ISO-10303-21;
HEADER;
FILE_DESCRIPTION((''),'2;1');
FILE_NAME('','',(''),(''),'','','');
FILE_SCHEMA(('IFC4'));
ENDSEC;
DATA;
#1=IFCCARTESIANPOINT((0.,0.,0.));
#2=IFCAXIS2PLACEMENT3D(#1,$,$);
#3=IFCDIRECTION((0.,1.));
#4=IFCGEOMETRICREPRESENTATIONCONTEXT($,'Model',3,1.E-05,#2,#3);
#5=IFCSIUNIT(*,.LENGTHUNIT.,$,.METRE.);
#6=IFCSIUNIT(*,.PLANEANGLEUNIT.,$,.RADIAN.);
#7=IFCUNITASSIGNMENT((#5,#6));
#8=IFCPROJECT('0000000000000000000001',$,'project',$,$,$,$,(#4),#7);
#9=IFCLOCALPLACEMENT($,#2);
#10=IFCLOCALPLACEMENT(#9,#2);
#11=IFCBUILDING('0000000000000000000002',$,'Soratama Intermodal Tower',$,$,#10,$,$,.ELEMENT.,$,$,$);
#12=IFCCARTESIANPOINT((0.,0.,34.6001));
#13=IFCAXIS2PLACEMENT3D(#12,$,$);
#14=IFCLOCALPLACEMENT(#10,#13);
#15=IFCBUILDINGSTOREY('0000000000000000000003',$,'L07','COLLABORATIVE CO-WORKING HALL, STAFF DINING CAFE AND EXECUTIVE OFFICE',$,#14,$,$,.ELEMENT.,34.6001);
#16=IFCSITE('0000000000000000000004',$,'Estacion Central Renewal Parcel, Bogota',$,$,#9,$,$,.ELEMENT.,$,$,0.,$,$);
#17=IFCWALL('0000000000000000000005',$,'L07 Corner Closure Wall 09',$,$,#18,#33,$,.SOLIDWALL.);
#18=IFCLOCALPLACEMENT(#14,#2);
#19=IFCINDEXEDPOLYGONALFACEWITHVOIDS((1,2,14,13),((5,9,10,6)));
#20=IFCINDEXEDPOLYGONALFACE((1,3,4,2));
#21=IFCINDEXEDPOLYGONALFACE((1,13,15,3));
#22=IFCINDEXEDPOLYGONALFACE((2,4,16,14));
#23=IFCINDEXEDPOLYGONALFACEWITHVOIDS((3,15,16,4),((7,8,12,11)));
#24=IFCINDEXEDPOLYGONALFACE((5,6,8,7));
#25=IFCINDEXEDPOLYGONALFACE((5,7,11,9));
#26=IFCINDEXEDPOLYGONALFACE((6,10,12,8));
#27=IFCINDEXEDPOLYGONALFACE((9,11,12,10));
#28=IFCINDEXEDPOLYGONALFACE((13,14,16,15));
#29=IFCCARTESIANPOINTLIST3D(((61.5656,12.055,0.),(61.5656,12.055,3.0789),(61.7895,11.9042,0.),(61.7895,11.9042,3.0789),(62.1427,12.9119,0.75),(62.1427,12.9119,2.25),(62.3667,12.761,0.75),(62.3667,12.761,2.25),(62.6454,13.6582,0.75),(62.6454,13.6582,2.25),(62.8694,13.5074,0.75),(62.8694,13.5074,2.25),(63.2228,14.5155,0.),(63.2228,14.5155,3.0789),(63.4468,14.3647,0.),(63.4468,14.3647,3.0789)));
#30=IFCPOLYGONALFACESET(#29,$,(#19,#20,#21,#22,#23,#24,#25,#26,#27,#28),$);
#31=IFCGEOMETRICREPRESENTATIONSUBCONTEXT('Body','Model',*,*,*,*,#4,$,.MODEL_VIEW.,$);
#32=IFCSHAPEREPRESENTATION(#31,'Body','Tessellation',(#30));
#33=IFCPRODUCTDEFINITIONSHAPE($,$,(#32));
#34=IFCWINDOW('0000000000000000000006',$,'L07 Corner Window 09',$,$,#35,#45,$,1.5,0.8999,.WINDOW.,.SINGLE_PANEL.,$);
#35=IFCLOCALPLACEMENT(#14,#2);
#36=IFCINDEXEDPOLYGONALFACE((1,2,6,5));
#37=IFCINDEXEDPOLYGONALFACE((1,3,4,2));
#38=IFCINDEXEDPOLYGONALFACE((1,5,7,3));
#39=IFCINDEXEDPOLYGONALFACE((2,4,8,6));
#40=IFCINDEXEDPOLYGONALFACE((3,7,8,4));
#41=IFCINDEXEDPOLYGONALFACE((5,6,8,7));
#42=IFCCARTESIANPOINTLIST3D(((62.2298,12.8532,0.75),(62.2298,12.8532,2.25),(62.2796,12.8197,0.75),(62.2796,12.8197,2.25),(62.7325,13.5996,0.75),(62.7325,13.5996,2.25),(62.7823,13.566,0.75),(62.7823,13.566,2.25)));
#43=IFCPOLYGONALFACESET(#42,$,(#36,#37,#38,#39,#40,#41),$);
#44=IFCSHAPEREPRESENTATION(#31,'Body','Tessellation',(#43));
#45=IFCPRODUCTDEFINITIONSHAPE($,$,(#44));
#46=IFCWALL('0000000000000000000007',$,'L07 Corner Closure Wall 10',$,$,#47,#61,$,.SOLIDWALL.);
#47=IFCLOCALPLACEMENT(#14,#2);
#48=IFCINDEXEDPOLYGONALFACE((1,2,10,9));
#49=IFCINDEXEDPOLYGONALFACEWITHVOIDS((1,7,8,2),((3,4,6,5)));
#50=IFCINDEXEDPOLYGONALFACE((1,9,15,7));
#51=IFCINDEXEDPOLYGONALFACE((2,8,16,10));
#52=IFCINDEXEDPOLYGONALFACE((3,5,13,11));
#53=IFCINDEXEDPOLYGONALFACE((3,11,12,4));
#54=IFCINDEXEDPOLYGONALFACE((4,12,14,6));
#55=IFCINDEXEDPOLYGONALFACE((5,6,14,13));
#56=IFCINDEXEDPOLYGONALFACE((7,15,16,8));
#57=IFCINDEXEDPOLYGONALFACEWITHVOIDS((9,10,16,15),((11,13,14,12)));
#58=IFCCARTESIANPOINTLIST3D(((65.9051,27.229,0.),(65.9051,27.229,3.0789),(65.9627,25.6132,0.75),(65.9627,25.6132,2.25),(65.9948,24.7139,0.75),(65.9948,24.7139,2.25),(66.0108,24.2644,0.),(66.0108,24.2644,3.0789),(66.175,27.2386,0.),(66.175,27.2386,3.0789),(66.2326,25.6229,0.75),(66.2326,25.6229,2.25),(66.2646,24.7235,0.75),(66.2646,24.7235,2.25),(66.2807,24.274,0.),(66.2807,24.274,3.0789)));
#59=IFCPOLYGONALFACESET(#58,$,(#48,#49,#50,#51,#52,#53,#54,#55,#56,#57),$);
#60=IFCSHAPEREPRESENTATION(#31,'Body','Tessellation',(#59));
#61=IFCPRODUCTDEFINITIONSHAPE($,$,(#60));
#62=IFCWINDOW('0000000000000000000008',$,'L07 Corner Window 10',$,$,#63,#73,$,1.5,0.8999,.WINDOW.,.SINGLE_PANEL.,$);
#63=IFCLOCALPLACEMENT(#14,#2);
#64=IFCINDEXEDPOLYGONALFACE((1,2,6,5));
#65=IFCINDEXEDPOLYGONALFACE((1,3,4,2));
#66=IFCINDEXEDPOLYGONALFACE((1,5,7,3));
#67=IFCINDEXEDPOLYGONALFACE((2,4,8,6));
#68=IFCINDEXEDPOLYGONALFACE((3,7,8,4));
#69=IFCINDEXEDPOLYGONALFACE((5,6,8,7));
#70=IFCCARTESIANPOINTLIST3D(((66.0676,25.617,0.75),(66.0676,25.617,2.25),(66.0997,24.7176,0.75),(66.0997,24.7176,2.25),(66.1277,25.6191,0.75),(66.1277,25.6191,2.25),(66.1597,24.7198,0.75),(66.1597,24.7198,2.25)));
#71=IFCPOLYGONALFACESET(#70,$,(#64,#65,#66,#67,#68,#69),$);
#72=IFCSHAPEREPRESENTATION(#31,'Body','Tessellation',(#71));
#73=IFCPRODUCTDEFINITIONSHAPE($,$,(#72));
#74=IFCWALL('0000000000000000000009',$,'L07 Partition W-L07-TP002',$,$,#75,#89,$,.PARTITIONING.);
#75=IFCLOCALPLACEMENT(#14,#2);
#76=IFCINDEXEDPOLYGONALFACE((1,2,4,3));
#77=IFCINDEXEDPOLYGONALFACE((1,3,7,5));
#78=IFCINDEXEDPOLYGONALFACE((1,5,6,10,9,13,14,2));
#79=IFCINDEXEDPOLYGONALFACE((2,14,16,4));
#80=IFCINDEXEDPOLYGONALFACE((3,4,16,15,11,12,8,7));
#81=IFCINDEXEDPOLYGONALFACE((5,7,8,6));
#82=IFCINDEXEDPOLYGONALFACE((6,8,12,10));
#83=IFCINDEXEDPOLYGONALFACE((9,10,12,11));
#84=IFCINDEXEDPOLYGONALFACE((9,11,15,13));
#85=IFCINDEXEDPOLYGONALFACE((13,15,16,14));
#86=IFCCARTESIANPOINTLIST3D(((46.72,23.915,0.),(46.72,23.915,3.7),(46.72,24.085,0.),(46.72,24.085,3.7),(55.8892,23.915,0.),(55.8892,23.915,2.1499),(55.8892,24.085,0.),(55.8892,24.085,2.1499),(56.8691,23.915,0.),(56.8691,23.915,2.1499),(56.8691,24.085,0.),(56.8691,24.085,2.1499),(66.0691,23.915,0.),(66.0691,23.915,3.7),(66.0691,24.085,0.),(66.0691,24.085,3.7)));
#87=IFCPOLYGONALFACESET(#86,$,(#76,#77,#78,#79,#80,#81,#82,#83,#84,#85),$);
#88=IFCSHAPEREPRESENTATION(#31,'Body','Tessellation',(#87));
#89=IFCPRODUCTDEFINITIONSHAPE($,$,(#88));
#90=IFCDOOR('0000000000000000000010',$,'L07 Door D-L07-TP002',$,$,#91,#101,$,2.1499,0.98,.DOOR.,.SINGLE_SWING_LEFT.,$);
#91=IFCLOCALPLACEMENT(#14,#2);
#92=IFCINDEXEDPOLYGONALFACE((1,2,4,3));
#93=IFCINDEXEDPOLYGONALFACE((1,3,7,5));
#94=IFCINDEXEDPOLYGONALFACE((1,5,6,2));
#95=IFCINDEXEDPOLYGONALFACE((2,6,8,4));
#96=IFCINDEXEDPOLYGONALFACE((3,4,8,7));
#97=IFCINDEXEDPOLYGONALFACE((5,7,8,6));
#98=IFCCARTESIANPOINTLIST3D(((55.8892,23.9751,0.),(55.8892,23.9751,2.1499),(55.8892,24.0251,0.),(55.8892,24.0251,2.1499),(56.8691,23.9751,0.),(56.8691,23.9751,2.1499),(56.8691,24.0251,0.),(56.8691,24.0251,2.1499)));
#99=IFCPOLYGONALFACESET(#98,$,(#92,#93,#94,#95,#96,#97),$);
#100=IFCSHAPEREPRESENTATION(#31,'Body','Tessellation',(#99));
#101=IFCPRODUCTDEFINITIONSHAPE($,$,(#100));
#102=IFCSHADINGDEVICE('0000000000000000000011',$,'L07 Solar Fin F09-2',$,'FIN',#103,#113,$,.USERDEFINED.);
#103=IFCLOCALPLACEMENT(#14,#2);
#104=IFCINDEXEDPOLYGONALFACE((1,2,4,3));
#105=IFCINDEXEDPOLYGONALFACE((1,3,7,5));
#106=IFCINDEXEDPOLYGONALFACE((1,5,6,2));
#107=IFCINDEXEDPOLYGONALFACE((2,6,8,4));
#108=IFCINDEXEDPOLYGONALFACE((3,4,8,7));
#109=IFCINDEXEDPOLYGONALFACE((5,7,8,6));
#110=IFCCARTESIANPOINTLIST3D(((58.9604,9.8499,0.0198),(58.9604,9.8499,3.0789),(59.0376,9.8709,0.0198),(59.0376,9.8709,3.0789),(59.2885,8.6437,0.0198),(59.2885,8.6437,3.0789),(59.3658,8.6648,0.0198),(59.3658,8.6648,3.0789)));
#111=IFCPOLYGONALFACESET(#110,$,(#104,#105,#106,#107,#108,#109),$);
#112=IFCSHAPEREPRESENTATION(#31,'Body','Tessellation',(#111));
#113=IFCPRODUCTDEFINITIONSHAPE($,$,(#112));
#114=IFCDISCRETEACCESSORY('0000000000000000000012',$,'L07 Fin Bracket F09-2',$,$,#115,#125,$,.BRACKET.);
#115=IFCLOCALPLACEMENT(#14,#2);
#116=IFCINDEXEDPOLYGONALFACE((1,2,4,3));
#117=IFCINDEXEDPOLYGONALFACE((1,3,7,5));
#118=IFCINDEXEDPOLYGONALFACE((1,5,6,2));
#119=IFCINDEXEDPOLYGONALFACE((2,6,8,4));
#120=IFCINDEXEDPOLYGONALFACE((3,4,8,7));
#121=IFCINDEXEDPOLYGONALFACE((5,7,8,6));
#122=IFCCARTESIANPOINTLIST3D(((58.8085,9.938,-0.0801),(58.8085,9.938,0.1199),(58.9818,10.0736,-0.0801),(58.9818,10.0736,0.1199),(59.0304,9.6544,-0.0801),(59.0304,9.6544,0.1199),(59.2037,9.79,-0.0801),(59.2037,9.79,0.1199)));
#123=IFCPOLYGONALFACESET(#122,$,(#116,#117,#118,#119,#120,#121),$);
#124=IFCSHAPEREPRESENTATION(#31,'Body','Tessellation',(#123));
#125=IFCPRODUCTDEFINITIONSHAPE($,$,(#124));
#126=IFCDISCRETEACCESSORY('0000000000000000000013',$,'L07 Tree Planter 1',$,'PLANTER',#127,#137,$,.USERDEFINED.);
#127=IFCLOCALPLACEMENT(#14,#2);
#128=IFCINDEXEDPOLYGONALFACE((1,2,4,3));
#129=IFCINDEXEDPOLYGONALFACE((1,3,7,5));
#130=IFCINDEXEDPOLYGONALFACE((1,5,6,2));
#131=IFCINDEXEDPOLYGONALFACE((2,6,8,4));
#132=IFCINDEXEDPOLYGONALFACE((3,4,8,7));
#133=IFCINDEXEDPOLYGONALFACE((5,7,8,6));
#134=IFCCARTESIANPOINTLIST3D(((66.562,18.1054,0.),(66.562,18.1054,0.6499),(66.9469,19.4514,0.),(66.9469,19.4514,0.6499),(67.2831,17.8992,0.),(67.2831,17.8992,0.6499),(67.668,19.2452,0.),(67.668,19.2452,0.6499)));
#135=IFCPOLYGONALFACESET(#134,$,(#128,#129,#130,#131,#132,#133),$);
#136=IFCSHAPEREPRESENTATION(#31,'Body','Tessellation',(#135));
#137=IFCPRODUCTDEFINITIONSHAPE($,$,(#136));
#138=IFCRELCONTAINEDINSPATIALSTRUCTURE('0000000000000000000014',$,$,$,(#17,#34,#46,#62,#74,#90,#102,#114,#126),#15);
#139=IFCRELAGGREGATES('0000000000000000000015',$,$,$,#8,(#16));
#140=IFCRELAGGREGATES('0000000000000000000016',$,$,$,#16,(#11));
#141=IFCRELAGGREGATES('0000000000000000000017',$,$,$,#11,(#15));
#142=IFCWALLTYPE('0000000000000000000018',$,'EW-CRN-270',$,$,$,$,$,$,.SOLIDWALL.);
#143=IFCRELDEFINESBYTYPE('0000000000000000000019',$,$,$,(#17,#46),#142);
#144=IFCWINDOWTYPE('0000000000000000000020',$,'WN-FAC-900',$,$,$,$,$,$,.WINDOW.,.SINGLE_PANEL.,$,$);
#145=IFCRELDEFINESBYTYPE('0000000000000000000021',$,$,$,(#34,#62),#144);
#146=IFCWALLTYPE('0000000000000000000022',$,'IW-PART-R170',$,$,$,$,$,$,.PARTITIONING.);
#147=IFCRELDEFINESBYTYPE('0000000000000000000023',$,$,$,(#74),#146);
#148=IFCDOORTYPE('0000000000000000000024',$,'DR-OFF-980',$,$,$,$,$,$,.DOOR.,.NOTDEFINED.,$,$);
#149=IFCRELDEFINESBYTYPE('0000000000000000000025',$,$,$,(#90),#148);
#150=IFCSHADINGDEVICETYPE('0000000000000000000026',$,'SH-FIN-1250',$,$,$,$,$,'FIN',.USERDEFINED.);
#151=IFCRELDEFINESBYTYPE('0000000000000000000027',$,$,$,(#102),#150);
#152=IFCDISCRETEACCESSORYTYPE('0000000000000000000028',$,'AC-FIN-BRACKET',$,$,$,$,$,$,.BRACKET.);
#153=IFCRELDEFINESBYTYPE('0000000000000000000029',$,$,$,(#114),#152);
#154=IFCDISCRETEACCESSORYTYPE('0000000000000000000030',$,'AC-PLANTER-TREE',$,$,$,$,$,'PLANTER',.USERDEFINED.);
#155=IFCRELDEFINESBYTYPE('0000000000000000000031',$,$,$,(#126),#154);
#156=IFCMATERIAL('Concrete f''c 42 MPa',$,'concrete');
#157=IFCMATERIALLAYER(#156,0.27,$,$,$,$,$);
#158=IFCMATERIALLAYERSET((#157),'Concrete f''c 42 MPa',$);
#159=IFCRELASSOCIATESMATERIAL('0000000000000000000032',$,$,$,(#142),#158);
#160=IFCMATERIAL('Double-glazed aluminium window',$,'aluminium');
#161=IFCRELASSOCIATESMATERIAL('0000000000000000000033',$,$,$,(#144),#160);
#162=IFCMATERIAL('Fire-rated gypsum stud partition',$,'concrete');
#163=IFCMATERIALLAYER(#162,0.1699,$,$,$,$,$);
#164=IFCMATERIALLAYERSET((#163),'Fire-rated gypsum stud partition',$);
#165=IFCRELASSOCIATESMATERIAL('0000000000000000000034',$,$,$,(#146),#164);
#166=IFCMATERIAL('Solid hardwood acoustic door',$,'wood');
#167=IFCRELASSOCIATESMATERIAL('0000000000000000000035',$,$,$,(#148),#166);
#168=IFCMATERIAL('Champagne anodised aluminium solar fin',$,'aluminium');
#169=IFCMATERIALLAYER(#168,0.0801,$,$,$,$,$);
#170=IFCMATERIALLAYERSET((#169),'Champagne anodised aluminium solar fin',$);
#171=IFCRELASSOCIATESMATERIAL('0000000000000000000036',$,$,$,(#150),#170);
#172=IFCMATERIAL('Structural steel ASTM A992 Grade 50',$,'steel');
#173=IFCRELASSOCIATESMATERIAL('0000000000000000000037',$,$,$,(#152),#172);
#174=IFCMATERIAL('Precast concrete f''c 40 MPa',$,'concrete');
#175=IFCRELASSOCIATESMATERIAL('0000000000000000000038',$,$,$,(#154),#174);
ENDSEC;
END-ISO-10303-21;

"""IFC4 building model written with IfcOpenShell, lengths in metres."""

from ifc_helpers import new_model, si_unit, direction, frame, frame_2d, origin, origin_2d, place, context, subcontext, project, spatial, rectangle, extrude, material, layer, layer_set, type_object, element, fill, save


model = new_model("IFC4")

# Units and contexts
model_context = context("Model", 3, precision=1e-05, world=origin(), true_north=direction((0.0, 1.0)))
body_context = subcontext(model_context, "Body", "Model", "MODEL_VIEW")
ifc_project = project(units=[si_unit("LENGTHUNIT", "METRE"), si_unit("PLANEANGLEUNIT", "RADIAN")], contexts=[model_context])

# Site, building, storey
site_placement = place(None, origin())
site = spatial("IfcSite", under=ifc_project, at=site_placement, Name="Estacion Central Renewal Parcel, Bogota", CompositionType="ELEMENT", RefElevation=0.0)
building_placement = place(site_placement, origin())
building = spatial("IfcBuilding", under=site, at=building_placement, Name="Soratama Intermodal Tower", CompositionType="ELEMENT")
storey_placement = place(building_placement, frame((0.0, 0.0, 34.6001)))
storey = spatial("IfcBuildingStorey", under=building, at=storey_placement, Name="L07", Description="COLLABORATIVE CO-WORKING HALL, STAFF DINING CAFE AND EXECUTIVE OFFICE", CompositionType="ELEMENT", Elevation=34.6001)

# Walls, openings, windows
ifc_material_1 = material(Name="Concrete f'c 42 MPa", Category="concrete")
ifc_layer_1 = layer(ifc_material_1, 0.27)
ifc_layer_set_1 = layer_set([ifc_layer_1], Name="Concrete f'c 42 MPa")
wall_type_1 = type_object("IfcWallType", Name="EW-CRN-270", PredefinedType="SOLIDWALL", material=ifc_layer_set_1)
wall_1_placement = place(storey_placement, frame((61.6775, 11.9795, 0.0), z_axis=(0.0, 0.0, 1.0), x_axis=(0.558644, 0.829407, 0.0)))
wall_1 = element("IfcWall", 1, at=wall_1_placement, inside=storey, type_object=wall_type_1, Name="L07 Corner Closure Wall 09", PredefinedType="SOLIDWALL", context=body_context, shape_type="SweptSolid", body=[
    extrude(rectangle(XDim=2.9666, YDim=0.27, at=frame_2d((1.4834, 0.0))), origin(), (0.0, 0.0, 1.0), 3.0789),
])
opening_1_placement = place(wall_1_placement, frame((1.0332, 0.0, 0.75)))
opening_1 = element("IfcOpeningElement", 2, at=opening_1_placement, cuts=wall_1, PredefinedType="OPENING", context=body_context, shape_type="SweptSolid", body=[
    extrude(rectangle(XDim=0.8999, YDim=1.5, at=frame_2d((0.45, 0.75))), frame((0.0, 0.145, 0.0), z_axis=(0.0, -1.0, 0.0), x_axis=(1.0, 0.0, 0.0)), (0.0, 0.0, 1.0), 0.29),
])
ifc_material_2 = material(Name="Double-glazed aluminium window", Category="aluminium")
window_type_1 = type_object("IfcWindowType", Name="WN-FAC-900", PartitioningType="SINGLE_PANEL", PredefinedType="WINDOW", material=ifc_material_2)
window_1_placement = place(opening_1_placement, origin())
window_1 = element("IfcWindow", 3, at=window_1_placement, inside=storey, type_object=window_type_1, Name="L07 Corner Window 09", OverallHeight=1.5, OverallWidth=0.8999, PartitioningType="SINGLE_PANEL", PredefinedType="WINDOW", context=body_context, shape_type="SweptSolid", body=[
    extrude(rectangle(XDim=0.8999, YDim=1.5, at=frame_2d((0.45, 0.75))), frame((0.0, 0.03, 0.0), z_axis=(0.0, -1.0, 0.0), x_axis=(1.0, 0.0, 0.0)), (0.0, 0.0, 1.0), 0.0601),
])
fill(opening_1, window_1)
wall_2_placement = place(storey_placement, frame((66.1458, 24.269, 0.0), z_axis=(0.0, 0.0, 1.0), x_axis=(-0.035636, 0.999365, 0.0)))
wall_2 = element("IfcWall", 4, at=wall_2_placement, inside=storey, type_object=wall_type_1, Name="L07 Corner Closure Wall 10", PredefinedType="SOLIDWALL", context=body_context, shape_type="SweptSolid", body=[
    extrude(rectangle(XDim=2.9666, YDim=0.27, at=frame_2d((1.4834, 0.0))), origin(), (0.0, 0.0, 1.0), 3.0789),
])
opening_2_placement = place(wall_2_placement, frame((0.45, 0.0, 0.75)))
opening_2 = element("IfcOpeningElement", 5, at=opening_2_placement, cuts=wall_2, PredefinedType="OPENING", context=body_context, shape_type="SweptSolid", body=[
    extrude(rectangle(XDim=0.8999, YDim=1.5, at=frame_2d((0.45, 0.75))), frame((0.0, 0.145, 0.0), z_axis=(0.0, -1.0, 0.0), x_axis=(1.0, 0.0, 0.0)), (0.0, 0.0, 1.0), 0.29),
])
window_2_placement = place(opening_2_placement, origin())
window_2 = element("IfcWindow", 6, at=window_2_placement, inside=storey, type_object=window_type_1, Name="L07 Corner Window 10", OverallHeight=1.5, OverallWidth=0.8999, PartitioningType="SINGLE_PANEL", PredefinedType="WINDOW", context=body_context, shape_type="SweptSolid", body=[
    extrude(rectangle(XDim=0.8999, YDim=1.5, at=frame_2d((0.45, 0.75))), frame((0.0, 0.03, 0.0), z_axis=(0.0, -1.0, 0.0), x_axis=(1.0, 0.0, 0.0)), (0.0, 0.0, 1.0), 0.0601),
])
fill(opening_2, window_2)

# Wall, opening, door
ifc_material_3 = material(Name="Fire-rated gypsum stud partition", Category="concrete")
ifc_layer_2 = layer(ifc_material_3, 0.1699)
ifc_layer_set_2 = layer_set([ifc_layer_2], Name="Fire-rated gypsum stud partition")
wall_type_2 = type_object("IfcWallType", Name="IW-PART-R170", PredefinedType="PARTITIONING", material=ifc_layer_set_2)
wall_3_placement = place(storey_placement, frame((66.0691, 24.0, 0.0), z_axis=(0.0, 0.0, 1.0), x_axis=(-1.0, 0.0, 0.0)))
wall_3 = element("IfcWall", 7, at=wall_3_placement, inside=storey, type_object=wall_type_2, Name="L07 Partition W-L07-TP002", PredefinedType="PARTITIONING", context=body_context, shape_type="SweptSolid", body=[
    extrude(rectangle(XDim=19.3491, YDim=0.1699, at=frame_2d((9.6746, 0.0))), origin(), (0.0, 0.0, 1.0), 3.7),
])
opening_3_placement = place(wall_3_placement, frame((9.2, 0.0, 0.0)))
opening_3 = element("IfcOpeningElement", 8, at=opening_3_placement, cuts=wall_3, PredefinedType="OPENING", context=body_context, shape_type="SweptSolid", body=[
    extrude(rectangle(XDim=0.98, YDim=2.1499, at=frame_2d((0.49, 1.075))), frame((0.0, 0.095, 0.0), z_axis=(0.0, -1.0, 0.0), x_axis=(1.0, 0.0, 0.0)), (0.0, 0.0, 1.0), 0.1899),
])
ifc_material_4 = material(Name="Solid hardwood acoustic door", Category="wood")
door_type_1 = type_object("IfcDoorType", Name="DR-OFF-980", OperationType="NOTDEFINED", PredefinedType="DOOR", material=ifc_material_4)
door_1_placement = place(opening_3_placement, origin())
door_1 = element("IfcDoor", 9, at=door_1_placement, inside=storey, type_object=door_type_1, Name="L07 Door D-L07-TP002", OperationType="SINGLE_SWING_LEFT", OverallHeight=2.1499, OverallWidth=0.98, PredefinedType="DOOR", context=body_context, shape_type="SweptSolid", body=[
    extrude(rectangle(XDim=0.98, YDim=2.1499, at=frame_2d((0.49, 1.075))), frame((0.0, 0.0249, 0.0), z_axis=(0.0, -1.0, 0.0), x_axis=(1.0, 0.0, 0.0)), (0.0, 0.0, 1.0), 0.05),
])
fill(opening_3, door_1)

# Shading device
ifc_material_5 = material(Name="Champagne anodised aluminium solar fin", Category="aluminium")
ifc_layer_3 = layer(ifc_material_5, 0.0801)
ifc_layer_set_3 = layer_set([ifc_layer_3], Name="Champagne anodised aluminium solar fin")
shading_device_type = type_object("IfcShadingDeviceType", Name="SH-FIN-1250", ElementType="FIN", PredefinedType="USERDEFINED", material=ifc_layer_set_3)
shading_device_placement = place(storey_placement, frame((59.1631, 9.2573, 0.0198), z_axis=(0.0, 0.0, 1.0), x_axis=(0.262526, -0.964925, 0.0)))
element("IfcShadingDevice", 10, at=shading_device_placement, inside=storey, type_object=shading_device_type, Name="L07 Solar Fin F09-2", ObjectType="FIN", PredefinedType="USERDEFINED", context=body_context, shape_type="SweptSolid", body=[
    extrude(rectangle(XDim=1.25, YDim=0.0801, at=origin_2d()), origin(), (0.0, 0.0, 1.0), 3.0591),
])

# Discrete accessories
ifc_material_6 = material(Name="Structural steel ASTM A992 Grade 50", Category="steel")
discrete_accessory_type_1 = type_object("IfcDiscreteAccessoryType", Name="AC-FIN-BRACKET", PredefinedType="BRACKET", material=ifc_material_6)
discrete_accessory_1_placement = place(storey_placement, frame((59.0061, 9.864, -0.0801), z_axis=(0.0, 0.0, 1.0), x_axis=(0.616211, -0.787581, 0.0)))
element("IfcDiscreteAccessory", 11, at=discrete_accessory_1_placement, inside=storey, type_object=discrete_accessory_type_1, Name="L07 Fin Bracket F09-2", PredefinedType="BRACKET", context=body_context, shape_type="SweptSolid", body=[
    extrude(rectangle(XDim=0.3601, YDim=0.22, at=origin_2d()), origin(), (0.0, 0.0, 1.0), 0.2),
])
ifc_material_7 = material(Name="Precast concrete f'c 40 MPa", Category="concrete")
discrete_accessory_type_2 = type_object("IfcDiscreteAccessoryType", Name="AC-PLANTER-TREE", ElementType="PLANTER", PredefinedType="USERDEFINED", material=ifc_material_7)
discrete_accessory_2_placement = place(storey_placement, frame((67.115, 18.6753, 0.0), z_axis=(0.0, 0.0, 1.0), x_axis=(0.961454, -0.274966, 0.0)))
element("IfcDiscreteAccessory", 12, at=discrete_accessory_2_placement, inside=storey, type_object=discrete_accessory_type_2, Name="L07 Tree Planter 1", ObjectType="PLANTER", PredefinedType="USERDEFINED", context=body_context, shape_type="SweptSolid", body=[
    extrude(rectangle(XDim=0.75, YDim=1.3999, at=origin_2d()), origin(), (0.0, 0.0, 1.0), 0.6499),
])

save(model, "model.ifc")
